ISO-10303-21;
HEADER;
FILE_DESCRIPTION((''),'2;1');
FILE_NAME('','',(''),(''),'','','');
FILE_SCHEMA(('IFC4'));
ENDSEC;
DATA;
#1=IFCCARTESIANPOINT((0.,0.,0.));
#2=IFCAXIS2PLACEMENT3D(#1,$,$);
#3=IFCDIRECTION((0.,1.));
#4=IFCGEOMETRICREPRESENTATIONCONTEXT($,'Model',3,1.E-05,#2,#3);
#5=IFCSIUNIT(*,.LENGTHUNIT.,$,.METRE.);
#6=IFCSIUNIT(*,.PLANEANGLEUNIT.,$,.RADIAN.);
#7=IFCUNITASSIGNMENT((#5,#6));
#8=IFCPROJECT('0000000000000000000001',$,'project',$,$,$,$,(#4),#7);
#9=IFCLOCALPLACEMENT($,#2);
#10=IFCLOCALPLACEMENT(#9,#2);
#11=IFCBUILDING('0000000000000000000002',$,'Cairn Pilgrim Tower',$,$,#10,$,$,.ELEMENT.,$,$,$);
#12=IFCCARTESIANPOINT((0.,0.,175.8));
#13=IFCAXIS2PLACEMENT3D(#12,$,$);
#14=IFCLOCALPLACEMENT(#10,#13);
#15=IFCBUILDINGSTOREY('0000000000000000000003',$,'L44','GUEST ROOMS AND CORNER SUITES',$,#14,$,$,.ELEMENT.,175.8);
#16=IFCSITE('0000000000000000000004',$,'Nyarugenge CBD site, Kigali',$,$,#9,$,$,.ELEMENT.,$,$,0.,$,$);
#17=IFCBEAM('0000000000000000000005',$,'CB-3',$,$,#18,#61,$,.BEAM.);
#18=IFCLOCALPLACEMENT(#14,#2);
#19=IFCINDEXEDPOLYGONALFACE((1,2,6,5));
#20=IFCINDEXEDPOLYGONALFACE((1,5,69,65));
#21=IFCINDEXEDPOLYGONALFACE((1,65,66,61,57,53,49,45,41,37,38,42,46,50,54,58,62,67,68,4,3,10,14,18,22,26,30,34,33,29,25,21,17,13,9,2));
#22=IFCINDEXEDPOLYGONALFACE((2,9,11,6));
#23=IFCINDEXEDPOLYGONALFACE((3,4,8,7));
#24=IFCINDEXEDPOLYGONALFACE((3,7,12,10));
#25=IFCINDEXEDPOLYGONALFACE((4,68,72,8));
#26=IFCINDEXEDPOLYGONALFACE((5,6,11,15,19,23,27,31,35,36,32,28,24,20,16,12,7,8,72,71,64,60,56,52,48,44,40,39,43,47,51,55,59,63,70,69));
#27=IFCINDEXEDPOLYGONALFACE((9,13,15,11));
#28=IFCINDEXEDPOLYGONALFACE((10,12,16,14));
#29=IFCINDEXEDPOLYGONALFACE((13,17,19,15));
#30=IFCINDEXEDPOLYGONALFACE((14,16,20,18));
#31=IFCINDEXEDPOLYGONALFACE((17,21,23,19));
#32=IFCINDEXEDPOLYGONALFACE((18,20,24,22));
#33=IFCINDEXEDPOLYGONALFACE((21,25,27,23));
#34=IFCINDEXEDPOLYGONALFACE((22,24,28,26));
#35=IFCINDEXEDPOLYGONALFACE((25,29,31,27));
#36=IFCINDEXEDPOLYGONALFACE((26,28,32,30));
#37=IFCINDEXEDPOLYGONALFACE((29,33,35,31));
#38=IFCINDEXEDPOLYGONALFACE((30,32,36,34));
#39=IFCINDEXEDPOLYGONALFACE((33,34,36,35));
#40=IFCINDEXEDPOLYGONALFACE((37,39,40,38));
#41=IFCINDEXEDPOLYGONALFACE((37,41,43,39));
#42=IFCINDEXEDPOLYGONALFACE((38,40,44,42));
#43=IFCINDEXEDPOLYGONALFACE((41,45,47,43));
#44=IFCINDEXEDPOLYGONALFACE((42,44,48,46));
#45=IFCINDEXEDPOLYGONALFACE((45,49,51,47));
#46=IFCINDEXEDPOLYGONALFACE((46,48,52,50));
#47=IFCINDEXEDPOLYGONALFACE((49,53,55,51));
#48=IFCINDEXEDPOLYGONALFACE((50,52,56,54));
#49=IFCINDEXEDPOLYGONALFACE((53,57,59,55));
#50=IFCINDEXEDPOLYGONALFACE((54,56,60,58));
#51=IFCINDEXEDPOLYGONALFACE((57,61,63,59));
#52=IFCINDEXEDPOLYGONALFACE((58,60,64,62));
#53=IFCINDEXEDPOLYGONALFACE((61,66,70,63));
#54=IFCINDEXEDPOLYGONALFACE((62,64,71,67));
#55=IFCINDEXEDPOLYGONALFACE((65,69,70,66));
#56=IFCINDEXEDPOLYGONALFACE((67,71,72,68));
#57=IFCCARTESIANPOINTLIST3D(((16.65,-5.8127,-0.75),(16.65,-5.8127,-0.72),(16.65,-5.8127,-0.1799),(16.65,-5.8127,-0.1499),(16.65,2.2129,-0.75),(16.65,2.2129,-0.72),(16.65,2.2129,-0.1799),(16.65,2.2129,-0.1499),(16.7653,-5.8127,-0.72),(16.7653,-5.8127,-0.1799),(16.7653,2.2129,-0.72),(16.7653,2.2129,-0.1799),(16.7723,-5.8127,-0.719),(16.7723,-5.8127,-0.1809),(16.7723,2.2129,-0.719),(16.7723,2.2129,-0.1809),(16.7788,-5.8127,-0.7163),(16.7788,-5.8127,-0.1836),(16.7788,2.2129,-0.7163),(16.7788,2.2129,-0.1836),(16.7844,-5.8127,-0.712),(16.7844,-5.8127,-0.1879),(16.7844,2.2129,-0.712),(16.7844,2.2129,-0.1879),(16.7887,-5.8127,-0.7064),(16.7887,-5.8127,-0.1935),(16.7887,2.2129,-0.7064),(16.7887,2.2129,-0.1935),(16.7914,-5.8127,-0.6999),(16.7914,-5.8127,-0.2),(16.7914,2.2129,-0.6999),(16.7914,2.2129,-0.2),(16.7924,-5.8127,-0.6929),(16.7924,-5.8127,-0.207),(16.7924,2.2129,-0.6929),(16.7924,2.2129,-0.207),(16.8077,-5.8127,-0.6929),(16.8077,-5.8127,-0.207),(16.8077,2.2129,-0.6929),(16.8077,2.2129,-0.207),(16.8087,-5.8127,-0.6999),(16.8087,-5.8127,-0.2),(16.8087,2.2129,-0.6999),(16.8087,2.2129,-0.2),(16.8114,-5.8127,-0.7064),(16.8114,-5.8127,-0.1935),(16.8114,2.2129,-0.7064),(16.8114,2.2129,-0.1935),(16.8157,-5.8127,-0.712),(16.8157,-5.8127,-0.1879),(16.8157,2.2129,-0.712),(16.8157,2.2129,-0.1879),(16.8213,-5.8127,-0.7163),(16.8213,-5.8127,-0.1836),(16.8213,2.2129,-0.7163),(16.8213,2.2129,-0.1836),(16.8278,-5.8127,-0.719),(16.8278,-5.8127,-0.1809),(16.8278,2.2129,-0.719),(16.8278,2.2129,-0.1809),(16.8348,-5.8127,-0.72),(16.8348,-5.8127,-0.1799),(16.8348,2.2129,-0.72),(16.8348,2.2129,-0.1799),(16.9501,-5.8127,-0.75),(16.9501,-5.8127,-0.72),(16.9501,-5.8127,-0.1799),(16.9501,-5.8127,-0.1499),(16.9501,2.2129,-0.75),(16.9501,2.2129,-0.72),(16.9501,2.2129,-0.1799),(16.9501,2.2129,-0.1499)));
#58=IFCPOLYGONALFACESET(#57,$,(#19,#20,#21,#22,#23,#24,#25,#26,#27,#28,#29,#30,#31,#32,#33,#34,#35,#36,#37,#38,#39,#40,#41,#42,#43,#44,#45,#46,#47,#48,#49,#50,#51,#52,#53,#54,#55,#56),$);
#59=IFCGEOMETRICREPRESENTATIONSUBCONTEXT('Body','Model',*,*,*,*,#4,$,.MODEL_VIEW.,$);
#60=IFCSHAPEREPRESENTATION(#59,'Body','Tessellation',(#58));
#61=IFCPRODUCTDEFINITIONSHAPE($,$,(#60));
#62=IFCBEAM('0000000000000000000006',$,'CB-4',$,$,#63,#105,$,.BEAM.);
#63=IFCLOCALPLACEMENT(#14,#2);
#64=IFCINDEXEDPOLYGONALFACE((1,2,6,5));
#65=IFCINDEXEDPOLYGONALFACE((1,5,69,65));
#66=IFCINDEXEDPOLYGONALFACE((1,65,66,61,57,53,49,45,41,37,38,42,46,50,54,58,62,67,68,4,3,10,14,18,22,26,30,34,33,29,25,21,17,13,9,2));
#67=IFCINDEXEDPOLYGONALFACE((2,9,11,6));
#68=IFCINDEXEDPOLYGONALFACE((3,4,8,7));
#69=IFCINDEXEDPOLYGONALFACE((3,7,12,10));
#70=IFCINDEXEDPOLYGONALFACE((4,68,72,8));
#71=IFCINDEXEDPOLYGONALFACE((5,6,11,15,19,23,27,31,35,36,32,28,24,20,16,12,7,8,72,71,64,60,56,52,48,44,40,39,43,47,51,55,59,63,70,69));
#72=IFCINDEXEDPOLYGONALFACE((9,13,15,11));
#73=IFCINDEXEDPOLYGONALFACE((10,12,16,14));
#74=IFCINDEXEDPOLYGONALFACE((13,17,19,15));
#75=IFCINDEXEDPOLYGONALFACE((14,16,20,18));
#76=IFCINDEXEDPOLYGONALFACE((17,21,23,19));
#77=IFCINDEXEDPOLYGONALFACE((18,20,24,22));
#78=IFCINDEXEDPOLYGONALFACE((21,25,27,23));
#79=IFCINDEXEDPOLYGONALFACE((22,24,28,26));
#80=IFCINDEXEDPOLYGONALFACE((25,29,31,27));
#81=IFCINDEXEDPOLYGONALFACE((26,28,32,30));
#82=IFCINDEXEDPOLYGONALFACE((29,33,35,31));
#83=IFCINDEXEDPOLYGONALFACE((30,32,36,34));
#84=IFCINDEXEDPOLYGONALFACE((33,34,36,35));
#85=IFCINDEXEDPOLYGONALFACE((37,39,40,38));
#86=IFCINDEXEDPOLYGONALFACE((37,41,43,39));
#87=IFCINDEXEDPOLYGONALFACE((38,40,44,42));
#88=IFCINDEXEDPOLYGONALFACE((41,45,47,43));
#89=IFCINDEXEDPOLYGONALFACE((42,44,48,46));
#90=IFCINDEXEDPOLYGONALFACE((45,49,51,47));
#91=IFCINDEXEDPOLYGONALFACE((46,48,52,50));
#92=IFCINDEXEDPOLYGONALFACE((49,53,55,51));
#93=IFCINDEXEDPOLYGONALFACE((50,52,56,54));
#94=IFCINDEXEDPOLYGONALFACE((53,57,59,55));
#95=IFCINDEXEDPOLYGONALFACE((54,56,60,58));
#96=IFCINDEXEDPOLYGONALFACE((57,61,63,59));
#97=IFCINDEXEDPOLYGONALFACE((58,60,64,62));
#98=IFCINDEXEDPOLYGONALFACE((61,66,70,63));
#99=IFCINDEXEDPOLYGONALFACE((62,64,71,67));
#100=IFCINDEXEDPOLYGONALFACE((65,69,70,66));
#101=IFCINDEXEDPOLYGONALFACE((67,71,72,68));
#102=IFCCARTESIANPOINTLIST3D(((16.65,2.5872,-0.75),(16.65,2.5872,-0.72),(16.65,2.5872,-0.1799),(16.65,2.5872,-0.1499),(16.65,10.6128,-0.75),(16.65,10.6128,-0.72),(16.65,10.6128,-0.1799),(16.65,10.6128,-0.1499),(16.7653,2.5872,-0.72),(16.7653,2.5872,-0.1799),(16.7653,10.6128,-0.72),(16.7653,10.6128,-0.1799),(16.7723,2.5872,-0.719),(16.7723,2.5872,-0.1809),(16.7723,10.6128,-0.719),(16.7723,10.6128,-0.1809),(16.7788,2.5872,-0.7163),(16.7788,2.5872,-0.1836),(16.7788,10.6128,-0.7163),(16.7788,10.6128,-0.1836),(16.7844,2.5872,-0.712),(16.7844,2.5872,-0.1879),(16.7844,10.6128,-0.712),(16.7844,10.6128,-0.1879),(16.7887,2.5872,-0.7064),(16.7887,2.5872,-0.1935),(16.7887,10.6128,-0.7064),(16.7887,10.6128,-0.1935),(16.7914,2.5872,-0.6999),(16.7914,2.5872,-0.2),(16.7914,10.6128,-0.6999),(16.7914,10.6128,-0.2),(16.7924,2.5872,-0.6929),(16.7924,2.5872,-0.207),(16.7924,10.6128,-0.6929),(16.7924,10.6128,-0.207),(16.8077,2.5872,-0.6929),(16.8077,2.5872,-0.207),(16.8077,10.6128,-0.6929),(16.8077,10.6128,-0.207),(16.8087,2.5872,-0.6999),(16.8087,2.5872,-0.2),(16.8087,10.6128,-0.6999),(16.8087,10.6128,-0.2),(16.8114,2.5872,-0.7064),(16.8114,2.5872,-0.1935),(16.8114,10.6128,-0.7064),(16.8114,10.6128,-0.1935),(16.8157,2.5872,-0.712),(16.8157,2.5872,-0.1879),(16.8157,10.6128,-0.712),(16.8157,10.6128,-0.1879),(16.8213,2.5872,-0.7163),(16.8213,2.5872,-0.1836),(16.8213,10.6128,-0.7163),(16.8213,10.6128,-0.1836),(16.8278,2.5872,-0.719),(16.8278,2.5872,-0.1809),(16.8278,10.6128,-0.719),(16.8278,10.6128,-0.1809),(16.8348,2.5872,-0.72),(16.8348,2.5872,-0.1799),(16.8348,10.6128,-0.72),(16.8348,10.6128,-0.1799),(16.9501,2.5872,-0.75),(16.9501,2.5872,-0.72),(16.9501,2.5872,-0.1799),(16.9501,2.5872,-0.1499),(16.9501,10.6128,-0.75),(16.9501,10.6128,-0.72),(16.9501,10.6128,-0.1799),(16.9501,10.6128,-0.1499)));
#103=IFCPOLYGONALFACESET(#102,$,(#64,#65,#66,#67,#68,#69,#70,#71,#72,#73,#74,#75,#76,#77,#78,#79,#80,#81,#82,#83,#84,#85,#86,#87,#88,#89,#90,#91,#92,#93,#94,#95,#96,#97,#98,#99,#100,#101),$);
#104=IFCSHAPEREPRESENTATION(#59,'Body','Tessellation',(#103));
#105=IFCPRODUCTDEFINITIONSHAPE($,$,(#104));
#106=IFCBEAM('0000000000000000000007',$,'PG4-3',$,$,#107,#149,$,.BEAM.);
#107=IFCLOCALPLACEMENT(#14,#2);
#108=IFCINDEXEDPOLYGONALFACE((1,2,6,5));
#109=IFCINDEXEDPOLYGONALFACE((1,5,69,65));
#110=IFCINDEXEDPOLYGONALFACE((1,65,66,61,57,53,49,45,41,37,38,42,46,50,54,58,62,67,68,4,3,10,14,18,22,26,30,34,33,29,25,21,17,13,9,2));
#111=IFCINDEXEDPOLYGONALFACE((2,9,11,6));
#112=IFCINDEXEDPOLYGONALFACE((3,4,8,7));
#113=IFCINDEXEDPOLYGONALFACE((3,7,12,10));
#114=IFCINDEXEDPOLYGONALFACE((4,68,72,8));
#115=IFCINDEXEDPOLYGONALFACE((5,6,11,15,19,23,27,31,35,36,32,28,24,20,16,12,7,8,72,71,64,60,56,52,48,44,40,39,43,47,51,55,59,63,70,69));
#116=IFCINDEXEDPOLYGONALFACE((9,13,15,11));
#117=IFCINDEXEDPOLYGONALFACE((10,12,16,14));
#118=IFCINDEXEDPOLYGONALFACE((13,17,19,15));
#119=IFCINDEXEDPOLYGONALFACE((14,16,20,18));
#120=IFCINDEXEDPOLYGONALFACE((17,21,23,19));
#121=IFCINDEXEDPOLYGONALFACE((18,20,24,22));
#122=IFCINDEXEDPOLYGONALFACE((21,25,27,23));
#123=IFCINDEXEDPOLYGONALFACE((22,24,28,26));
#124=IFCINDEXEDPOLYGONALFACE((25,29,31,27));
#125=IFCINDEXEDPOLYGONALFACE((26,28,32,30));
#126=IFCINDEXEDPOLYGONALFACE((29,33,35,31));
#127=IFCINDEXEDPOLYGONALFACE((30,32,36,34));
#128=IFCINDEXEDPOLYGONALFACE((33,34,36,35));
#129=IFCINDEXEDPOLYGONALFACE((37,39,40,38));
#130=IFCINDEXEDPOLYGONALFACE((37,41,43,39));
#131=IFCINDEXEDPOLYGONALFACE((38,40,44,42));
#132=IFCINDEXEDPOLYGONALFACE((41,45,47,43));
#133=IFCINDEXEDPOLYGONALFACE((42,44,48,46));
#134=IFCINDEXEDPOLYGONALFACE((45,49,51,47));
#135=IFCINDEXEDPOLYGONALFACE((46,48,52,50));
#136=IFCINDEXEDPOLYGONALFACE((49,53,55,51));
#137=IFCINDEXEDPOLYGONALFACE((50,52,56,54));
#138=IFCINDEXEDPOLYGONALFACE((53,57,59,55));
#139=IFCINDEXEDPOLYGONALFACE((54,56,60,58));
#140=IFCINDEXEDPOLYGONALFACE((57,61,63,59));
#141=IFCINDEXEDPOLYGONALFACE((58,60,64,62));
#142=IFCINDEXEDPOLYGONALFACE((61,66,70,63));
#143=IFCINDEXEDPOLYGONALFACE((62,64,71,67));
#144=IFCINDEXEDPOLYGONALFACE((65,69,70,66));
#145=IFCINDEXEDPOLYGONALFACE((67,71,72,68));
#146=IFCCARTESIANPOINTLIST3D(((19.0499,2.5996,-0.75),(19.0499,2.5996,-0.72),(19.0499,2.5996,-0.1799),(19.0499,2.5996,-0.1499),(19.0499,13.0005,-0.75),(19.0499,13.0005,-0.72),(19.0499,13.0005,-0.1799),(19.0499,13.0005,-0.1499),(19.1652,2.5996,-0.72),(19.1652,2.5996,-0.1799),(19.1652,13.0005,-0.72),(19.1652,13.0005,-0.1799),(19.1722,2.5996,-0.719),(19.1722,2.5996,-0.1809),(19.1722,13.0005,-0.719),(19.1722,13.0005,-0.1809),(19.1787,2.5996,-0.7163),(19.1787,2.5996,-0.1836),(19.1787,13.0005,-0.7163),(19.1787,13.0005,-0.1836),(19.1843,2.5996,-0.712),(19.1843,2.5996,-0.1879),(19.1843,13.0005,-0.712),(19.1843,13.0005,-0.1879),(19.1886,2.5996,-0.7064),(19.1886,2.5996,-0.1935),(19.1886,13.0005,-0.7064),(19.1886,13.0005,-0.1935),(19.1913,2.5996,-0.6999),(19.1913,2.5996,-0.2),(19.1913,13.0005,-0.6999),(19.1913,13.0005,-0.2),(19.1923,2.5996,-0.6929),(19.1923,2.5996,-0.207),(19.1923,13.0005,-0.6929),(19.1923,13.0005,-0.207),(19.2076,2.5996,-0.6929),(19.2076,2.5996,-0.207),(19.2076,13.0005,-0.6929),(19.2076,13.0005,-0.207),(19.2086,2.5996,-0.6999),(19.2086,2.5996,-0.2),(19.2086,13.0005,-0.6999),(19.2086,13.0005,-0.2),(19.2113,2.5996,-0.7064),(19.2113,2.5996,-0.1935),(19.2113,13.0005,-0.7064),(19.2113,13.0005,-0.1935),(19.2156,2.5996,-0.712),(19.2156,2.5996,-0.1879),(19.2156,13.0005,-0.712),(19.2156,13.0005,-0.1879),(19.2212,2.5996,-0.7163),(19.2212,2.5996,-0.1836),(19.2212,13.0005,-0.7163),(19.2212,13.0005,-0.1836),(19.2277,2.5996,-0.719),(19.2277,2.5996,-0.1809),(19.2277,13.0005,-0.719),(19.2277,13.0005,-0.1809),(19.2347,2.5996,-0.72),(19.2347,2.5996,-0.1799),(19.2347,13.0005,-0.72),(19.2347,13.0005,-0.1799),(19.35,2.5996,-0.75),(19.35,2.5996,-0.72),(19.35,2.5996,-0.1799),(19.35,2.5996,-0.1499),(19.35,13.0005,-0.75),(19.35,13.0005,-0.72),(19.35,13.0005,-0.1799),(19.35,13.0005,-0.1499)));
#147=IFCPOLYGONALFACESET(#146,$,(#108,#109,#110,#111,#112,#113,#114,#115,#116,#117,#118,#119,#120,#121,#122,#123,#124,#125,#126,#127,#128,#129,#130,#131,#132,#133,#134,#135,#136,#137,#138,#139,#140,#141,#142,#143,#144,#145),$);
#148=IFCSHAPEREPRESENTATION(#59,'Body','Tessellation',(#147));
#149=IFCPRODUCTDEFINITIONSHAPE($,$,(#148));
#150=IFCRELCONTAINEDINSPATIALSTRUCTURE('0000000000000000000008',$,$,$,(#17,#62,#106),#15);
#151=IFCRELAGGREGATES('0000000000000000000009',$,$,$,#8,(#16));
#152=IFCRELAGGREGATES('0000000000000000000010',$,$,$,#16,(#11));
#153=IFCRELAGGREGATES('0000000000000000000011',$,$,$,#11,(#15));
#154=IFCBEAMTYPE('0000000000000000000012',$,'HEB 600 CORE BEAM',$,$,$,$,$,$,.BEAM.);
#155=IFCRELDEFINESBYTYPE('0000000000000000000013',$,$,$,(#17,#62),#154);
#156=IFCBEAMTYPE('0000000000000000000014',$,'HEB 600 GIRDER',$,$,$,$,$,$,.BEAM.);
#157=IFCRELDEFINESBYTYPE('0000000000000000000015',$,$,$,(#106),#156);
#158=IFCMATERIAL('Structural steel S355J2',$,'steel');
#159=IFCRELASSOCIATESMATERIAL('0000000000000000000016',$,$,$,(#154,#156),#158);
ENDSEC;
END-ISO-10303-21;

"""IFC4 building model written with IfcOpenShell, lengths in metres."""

from ifc_helpers import new_model, si_unit, direction, frame, origin, origin_2d, place, context, subcontext, project, spatial, i_section, extrude, material, material_profile, profile_set, type_object, element, save


model = new_model("IFC4")

# Units and contexts
model_context = context("Model", 3, precision=1e-05, world=origin(), true_north=direction((0.0, 1.0)))
body_context = subcontext(model_context, "Body", "Model", "MODEL_VIEW")
ifc_project = project(units=[si_unit("LENGTHUNIT", "METRE"), si_unit("PLANEANGLEUNIT", "RADIAN")], contexts=[model_context])

# Site, building, storey
site_placement = place(None, origin())
site = spatial("IfcSite", under=ifc_project, at=site_placement, Name="Nyarugenge CBD site, Kigali", CompositionType="ELEMENT", RefElevation=0.0)
building_placement = place(site_placement, origin())
building = spatial("IfcBuilding", under=site, at=building_placement, Name="Cairn Pilgrim Tower", CompositionType="ELEMENT")
storey_placement = place(building_placement, frame((0.0, 0.0, 175.8)))
storey = spatial("IfcBuildingStorey", under=building, at=storey_placement, Name="L44", Description="GUEST ROOMS AND CORNER SUITES", CompositionType="ELEMENT", Elevation=175.8)

# Shared definitions
ifc_material_1 = material(Name="Structural steel S355J2", Category="steel")

# Beams
ifc_material_profile_1 = material_profile(ifc_material_1, i_section(OverallWidth=0.3, OverallDepth=0.6001, WebThickness=0.0154, FlangeThickness=0.03, FilletRadius=0.0271, at=origin_2d()), Name="HEB 600")
ifc_profile_set_1 = profile_set([ifc_material_profile_1], Name="Structural steel S355J2")
beam_type_1 = type_object("IfcBeamType", Name="HEB 600 CORE BEAM", PredefinedType="BEAM", material=ifc_profile_set_1)
for number, where, z_axis, x_axis, name in (
    (1, (16.8, -5.8127, -0.45), (0.0, 1.0, 0.0), (-1.0, 0.0, 0.0), "CB-3"),
    (2, (16.8, 2.5872, -0.45), (0.0, 1.0, 0.0), (-1.0, 0.0, 0.0), "CB-4"),
):
    element("IfcBeam", number, at=place(storey_placement, frame(where, z_axis=z_axis, x_axis=x_axis)), inside=storey, type_object=beam_type_1, Name=name, PredefinedType="BEAM", context=body_context, shape_type="SweptSolid", body=[
        extrude(i_section(OverallWidth=0.3, OverallDepth=0.6001, WebThickness=0.0154, FlangeThickness=0.03, FilletRadius=0.0271, at=origin_2d()), origin(), (0.0, 0.0, 1.0), 8.0256),
    ])
ifc_material_profile_2 = material_profile(ifc_material_1, i_section(OverallWidth=0.3, OverallDepth=0.6001, WebThickness=0.0154, FlangeThickness=0.03, FilletRadius=0.0271, at=origin_2d()), Name="HEB 600")
ifc_profile_set_2 = profile_set([ifc_material_profile_2], Name="Structural steel S355J2")
beam_type_2 = type_object("IfcBeamType", Name="HEB 600 GIRDER", PredefinedType="BEAM", material=ifc_profile_set_2)
beam_placement = place(storey_placement, frame((19.2, 2.5996, -0.45), z_axis=(0.0, 1.0, 0.0), x_axis=(-1.0, 0.0, 0.0)))
element("IfcBeam", 3, at=beam_placement, inside=storey, type_object=beam_type_2, Name="PG4-3", PredefinedType="BEAM", context=body_context, shape_type="SweptSolid", body=[
    extrude(i_section(OverallWidth=0.3, OverallDepth=0.6001, WebThickness=0.0154, FlangeThickness=0.03, FilletRadius=0.0271, at=origin_2d()), origin(), (0.0, 0.0, 1.0), 10.4009),
])

save(model, "model.ifc")
